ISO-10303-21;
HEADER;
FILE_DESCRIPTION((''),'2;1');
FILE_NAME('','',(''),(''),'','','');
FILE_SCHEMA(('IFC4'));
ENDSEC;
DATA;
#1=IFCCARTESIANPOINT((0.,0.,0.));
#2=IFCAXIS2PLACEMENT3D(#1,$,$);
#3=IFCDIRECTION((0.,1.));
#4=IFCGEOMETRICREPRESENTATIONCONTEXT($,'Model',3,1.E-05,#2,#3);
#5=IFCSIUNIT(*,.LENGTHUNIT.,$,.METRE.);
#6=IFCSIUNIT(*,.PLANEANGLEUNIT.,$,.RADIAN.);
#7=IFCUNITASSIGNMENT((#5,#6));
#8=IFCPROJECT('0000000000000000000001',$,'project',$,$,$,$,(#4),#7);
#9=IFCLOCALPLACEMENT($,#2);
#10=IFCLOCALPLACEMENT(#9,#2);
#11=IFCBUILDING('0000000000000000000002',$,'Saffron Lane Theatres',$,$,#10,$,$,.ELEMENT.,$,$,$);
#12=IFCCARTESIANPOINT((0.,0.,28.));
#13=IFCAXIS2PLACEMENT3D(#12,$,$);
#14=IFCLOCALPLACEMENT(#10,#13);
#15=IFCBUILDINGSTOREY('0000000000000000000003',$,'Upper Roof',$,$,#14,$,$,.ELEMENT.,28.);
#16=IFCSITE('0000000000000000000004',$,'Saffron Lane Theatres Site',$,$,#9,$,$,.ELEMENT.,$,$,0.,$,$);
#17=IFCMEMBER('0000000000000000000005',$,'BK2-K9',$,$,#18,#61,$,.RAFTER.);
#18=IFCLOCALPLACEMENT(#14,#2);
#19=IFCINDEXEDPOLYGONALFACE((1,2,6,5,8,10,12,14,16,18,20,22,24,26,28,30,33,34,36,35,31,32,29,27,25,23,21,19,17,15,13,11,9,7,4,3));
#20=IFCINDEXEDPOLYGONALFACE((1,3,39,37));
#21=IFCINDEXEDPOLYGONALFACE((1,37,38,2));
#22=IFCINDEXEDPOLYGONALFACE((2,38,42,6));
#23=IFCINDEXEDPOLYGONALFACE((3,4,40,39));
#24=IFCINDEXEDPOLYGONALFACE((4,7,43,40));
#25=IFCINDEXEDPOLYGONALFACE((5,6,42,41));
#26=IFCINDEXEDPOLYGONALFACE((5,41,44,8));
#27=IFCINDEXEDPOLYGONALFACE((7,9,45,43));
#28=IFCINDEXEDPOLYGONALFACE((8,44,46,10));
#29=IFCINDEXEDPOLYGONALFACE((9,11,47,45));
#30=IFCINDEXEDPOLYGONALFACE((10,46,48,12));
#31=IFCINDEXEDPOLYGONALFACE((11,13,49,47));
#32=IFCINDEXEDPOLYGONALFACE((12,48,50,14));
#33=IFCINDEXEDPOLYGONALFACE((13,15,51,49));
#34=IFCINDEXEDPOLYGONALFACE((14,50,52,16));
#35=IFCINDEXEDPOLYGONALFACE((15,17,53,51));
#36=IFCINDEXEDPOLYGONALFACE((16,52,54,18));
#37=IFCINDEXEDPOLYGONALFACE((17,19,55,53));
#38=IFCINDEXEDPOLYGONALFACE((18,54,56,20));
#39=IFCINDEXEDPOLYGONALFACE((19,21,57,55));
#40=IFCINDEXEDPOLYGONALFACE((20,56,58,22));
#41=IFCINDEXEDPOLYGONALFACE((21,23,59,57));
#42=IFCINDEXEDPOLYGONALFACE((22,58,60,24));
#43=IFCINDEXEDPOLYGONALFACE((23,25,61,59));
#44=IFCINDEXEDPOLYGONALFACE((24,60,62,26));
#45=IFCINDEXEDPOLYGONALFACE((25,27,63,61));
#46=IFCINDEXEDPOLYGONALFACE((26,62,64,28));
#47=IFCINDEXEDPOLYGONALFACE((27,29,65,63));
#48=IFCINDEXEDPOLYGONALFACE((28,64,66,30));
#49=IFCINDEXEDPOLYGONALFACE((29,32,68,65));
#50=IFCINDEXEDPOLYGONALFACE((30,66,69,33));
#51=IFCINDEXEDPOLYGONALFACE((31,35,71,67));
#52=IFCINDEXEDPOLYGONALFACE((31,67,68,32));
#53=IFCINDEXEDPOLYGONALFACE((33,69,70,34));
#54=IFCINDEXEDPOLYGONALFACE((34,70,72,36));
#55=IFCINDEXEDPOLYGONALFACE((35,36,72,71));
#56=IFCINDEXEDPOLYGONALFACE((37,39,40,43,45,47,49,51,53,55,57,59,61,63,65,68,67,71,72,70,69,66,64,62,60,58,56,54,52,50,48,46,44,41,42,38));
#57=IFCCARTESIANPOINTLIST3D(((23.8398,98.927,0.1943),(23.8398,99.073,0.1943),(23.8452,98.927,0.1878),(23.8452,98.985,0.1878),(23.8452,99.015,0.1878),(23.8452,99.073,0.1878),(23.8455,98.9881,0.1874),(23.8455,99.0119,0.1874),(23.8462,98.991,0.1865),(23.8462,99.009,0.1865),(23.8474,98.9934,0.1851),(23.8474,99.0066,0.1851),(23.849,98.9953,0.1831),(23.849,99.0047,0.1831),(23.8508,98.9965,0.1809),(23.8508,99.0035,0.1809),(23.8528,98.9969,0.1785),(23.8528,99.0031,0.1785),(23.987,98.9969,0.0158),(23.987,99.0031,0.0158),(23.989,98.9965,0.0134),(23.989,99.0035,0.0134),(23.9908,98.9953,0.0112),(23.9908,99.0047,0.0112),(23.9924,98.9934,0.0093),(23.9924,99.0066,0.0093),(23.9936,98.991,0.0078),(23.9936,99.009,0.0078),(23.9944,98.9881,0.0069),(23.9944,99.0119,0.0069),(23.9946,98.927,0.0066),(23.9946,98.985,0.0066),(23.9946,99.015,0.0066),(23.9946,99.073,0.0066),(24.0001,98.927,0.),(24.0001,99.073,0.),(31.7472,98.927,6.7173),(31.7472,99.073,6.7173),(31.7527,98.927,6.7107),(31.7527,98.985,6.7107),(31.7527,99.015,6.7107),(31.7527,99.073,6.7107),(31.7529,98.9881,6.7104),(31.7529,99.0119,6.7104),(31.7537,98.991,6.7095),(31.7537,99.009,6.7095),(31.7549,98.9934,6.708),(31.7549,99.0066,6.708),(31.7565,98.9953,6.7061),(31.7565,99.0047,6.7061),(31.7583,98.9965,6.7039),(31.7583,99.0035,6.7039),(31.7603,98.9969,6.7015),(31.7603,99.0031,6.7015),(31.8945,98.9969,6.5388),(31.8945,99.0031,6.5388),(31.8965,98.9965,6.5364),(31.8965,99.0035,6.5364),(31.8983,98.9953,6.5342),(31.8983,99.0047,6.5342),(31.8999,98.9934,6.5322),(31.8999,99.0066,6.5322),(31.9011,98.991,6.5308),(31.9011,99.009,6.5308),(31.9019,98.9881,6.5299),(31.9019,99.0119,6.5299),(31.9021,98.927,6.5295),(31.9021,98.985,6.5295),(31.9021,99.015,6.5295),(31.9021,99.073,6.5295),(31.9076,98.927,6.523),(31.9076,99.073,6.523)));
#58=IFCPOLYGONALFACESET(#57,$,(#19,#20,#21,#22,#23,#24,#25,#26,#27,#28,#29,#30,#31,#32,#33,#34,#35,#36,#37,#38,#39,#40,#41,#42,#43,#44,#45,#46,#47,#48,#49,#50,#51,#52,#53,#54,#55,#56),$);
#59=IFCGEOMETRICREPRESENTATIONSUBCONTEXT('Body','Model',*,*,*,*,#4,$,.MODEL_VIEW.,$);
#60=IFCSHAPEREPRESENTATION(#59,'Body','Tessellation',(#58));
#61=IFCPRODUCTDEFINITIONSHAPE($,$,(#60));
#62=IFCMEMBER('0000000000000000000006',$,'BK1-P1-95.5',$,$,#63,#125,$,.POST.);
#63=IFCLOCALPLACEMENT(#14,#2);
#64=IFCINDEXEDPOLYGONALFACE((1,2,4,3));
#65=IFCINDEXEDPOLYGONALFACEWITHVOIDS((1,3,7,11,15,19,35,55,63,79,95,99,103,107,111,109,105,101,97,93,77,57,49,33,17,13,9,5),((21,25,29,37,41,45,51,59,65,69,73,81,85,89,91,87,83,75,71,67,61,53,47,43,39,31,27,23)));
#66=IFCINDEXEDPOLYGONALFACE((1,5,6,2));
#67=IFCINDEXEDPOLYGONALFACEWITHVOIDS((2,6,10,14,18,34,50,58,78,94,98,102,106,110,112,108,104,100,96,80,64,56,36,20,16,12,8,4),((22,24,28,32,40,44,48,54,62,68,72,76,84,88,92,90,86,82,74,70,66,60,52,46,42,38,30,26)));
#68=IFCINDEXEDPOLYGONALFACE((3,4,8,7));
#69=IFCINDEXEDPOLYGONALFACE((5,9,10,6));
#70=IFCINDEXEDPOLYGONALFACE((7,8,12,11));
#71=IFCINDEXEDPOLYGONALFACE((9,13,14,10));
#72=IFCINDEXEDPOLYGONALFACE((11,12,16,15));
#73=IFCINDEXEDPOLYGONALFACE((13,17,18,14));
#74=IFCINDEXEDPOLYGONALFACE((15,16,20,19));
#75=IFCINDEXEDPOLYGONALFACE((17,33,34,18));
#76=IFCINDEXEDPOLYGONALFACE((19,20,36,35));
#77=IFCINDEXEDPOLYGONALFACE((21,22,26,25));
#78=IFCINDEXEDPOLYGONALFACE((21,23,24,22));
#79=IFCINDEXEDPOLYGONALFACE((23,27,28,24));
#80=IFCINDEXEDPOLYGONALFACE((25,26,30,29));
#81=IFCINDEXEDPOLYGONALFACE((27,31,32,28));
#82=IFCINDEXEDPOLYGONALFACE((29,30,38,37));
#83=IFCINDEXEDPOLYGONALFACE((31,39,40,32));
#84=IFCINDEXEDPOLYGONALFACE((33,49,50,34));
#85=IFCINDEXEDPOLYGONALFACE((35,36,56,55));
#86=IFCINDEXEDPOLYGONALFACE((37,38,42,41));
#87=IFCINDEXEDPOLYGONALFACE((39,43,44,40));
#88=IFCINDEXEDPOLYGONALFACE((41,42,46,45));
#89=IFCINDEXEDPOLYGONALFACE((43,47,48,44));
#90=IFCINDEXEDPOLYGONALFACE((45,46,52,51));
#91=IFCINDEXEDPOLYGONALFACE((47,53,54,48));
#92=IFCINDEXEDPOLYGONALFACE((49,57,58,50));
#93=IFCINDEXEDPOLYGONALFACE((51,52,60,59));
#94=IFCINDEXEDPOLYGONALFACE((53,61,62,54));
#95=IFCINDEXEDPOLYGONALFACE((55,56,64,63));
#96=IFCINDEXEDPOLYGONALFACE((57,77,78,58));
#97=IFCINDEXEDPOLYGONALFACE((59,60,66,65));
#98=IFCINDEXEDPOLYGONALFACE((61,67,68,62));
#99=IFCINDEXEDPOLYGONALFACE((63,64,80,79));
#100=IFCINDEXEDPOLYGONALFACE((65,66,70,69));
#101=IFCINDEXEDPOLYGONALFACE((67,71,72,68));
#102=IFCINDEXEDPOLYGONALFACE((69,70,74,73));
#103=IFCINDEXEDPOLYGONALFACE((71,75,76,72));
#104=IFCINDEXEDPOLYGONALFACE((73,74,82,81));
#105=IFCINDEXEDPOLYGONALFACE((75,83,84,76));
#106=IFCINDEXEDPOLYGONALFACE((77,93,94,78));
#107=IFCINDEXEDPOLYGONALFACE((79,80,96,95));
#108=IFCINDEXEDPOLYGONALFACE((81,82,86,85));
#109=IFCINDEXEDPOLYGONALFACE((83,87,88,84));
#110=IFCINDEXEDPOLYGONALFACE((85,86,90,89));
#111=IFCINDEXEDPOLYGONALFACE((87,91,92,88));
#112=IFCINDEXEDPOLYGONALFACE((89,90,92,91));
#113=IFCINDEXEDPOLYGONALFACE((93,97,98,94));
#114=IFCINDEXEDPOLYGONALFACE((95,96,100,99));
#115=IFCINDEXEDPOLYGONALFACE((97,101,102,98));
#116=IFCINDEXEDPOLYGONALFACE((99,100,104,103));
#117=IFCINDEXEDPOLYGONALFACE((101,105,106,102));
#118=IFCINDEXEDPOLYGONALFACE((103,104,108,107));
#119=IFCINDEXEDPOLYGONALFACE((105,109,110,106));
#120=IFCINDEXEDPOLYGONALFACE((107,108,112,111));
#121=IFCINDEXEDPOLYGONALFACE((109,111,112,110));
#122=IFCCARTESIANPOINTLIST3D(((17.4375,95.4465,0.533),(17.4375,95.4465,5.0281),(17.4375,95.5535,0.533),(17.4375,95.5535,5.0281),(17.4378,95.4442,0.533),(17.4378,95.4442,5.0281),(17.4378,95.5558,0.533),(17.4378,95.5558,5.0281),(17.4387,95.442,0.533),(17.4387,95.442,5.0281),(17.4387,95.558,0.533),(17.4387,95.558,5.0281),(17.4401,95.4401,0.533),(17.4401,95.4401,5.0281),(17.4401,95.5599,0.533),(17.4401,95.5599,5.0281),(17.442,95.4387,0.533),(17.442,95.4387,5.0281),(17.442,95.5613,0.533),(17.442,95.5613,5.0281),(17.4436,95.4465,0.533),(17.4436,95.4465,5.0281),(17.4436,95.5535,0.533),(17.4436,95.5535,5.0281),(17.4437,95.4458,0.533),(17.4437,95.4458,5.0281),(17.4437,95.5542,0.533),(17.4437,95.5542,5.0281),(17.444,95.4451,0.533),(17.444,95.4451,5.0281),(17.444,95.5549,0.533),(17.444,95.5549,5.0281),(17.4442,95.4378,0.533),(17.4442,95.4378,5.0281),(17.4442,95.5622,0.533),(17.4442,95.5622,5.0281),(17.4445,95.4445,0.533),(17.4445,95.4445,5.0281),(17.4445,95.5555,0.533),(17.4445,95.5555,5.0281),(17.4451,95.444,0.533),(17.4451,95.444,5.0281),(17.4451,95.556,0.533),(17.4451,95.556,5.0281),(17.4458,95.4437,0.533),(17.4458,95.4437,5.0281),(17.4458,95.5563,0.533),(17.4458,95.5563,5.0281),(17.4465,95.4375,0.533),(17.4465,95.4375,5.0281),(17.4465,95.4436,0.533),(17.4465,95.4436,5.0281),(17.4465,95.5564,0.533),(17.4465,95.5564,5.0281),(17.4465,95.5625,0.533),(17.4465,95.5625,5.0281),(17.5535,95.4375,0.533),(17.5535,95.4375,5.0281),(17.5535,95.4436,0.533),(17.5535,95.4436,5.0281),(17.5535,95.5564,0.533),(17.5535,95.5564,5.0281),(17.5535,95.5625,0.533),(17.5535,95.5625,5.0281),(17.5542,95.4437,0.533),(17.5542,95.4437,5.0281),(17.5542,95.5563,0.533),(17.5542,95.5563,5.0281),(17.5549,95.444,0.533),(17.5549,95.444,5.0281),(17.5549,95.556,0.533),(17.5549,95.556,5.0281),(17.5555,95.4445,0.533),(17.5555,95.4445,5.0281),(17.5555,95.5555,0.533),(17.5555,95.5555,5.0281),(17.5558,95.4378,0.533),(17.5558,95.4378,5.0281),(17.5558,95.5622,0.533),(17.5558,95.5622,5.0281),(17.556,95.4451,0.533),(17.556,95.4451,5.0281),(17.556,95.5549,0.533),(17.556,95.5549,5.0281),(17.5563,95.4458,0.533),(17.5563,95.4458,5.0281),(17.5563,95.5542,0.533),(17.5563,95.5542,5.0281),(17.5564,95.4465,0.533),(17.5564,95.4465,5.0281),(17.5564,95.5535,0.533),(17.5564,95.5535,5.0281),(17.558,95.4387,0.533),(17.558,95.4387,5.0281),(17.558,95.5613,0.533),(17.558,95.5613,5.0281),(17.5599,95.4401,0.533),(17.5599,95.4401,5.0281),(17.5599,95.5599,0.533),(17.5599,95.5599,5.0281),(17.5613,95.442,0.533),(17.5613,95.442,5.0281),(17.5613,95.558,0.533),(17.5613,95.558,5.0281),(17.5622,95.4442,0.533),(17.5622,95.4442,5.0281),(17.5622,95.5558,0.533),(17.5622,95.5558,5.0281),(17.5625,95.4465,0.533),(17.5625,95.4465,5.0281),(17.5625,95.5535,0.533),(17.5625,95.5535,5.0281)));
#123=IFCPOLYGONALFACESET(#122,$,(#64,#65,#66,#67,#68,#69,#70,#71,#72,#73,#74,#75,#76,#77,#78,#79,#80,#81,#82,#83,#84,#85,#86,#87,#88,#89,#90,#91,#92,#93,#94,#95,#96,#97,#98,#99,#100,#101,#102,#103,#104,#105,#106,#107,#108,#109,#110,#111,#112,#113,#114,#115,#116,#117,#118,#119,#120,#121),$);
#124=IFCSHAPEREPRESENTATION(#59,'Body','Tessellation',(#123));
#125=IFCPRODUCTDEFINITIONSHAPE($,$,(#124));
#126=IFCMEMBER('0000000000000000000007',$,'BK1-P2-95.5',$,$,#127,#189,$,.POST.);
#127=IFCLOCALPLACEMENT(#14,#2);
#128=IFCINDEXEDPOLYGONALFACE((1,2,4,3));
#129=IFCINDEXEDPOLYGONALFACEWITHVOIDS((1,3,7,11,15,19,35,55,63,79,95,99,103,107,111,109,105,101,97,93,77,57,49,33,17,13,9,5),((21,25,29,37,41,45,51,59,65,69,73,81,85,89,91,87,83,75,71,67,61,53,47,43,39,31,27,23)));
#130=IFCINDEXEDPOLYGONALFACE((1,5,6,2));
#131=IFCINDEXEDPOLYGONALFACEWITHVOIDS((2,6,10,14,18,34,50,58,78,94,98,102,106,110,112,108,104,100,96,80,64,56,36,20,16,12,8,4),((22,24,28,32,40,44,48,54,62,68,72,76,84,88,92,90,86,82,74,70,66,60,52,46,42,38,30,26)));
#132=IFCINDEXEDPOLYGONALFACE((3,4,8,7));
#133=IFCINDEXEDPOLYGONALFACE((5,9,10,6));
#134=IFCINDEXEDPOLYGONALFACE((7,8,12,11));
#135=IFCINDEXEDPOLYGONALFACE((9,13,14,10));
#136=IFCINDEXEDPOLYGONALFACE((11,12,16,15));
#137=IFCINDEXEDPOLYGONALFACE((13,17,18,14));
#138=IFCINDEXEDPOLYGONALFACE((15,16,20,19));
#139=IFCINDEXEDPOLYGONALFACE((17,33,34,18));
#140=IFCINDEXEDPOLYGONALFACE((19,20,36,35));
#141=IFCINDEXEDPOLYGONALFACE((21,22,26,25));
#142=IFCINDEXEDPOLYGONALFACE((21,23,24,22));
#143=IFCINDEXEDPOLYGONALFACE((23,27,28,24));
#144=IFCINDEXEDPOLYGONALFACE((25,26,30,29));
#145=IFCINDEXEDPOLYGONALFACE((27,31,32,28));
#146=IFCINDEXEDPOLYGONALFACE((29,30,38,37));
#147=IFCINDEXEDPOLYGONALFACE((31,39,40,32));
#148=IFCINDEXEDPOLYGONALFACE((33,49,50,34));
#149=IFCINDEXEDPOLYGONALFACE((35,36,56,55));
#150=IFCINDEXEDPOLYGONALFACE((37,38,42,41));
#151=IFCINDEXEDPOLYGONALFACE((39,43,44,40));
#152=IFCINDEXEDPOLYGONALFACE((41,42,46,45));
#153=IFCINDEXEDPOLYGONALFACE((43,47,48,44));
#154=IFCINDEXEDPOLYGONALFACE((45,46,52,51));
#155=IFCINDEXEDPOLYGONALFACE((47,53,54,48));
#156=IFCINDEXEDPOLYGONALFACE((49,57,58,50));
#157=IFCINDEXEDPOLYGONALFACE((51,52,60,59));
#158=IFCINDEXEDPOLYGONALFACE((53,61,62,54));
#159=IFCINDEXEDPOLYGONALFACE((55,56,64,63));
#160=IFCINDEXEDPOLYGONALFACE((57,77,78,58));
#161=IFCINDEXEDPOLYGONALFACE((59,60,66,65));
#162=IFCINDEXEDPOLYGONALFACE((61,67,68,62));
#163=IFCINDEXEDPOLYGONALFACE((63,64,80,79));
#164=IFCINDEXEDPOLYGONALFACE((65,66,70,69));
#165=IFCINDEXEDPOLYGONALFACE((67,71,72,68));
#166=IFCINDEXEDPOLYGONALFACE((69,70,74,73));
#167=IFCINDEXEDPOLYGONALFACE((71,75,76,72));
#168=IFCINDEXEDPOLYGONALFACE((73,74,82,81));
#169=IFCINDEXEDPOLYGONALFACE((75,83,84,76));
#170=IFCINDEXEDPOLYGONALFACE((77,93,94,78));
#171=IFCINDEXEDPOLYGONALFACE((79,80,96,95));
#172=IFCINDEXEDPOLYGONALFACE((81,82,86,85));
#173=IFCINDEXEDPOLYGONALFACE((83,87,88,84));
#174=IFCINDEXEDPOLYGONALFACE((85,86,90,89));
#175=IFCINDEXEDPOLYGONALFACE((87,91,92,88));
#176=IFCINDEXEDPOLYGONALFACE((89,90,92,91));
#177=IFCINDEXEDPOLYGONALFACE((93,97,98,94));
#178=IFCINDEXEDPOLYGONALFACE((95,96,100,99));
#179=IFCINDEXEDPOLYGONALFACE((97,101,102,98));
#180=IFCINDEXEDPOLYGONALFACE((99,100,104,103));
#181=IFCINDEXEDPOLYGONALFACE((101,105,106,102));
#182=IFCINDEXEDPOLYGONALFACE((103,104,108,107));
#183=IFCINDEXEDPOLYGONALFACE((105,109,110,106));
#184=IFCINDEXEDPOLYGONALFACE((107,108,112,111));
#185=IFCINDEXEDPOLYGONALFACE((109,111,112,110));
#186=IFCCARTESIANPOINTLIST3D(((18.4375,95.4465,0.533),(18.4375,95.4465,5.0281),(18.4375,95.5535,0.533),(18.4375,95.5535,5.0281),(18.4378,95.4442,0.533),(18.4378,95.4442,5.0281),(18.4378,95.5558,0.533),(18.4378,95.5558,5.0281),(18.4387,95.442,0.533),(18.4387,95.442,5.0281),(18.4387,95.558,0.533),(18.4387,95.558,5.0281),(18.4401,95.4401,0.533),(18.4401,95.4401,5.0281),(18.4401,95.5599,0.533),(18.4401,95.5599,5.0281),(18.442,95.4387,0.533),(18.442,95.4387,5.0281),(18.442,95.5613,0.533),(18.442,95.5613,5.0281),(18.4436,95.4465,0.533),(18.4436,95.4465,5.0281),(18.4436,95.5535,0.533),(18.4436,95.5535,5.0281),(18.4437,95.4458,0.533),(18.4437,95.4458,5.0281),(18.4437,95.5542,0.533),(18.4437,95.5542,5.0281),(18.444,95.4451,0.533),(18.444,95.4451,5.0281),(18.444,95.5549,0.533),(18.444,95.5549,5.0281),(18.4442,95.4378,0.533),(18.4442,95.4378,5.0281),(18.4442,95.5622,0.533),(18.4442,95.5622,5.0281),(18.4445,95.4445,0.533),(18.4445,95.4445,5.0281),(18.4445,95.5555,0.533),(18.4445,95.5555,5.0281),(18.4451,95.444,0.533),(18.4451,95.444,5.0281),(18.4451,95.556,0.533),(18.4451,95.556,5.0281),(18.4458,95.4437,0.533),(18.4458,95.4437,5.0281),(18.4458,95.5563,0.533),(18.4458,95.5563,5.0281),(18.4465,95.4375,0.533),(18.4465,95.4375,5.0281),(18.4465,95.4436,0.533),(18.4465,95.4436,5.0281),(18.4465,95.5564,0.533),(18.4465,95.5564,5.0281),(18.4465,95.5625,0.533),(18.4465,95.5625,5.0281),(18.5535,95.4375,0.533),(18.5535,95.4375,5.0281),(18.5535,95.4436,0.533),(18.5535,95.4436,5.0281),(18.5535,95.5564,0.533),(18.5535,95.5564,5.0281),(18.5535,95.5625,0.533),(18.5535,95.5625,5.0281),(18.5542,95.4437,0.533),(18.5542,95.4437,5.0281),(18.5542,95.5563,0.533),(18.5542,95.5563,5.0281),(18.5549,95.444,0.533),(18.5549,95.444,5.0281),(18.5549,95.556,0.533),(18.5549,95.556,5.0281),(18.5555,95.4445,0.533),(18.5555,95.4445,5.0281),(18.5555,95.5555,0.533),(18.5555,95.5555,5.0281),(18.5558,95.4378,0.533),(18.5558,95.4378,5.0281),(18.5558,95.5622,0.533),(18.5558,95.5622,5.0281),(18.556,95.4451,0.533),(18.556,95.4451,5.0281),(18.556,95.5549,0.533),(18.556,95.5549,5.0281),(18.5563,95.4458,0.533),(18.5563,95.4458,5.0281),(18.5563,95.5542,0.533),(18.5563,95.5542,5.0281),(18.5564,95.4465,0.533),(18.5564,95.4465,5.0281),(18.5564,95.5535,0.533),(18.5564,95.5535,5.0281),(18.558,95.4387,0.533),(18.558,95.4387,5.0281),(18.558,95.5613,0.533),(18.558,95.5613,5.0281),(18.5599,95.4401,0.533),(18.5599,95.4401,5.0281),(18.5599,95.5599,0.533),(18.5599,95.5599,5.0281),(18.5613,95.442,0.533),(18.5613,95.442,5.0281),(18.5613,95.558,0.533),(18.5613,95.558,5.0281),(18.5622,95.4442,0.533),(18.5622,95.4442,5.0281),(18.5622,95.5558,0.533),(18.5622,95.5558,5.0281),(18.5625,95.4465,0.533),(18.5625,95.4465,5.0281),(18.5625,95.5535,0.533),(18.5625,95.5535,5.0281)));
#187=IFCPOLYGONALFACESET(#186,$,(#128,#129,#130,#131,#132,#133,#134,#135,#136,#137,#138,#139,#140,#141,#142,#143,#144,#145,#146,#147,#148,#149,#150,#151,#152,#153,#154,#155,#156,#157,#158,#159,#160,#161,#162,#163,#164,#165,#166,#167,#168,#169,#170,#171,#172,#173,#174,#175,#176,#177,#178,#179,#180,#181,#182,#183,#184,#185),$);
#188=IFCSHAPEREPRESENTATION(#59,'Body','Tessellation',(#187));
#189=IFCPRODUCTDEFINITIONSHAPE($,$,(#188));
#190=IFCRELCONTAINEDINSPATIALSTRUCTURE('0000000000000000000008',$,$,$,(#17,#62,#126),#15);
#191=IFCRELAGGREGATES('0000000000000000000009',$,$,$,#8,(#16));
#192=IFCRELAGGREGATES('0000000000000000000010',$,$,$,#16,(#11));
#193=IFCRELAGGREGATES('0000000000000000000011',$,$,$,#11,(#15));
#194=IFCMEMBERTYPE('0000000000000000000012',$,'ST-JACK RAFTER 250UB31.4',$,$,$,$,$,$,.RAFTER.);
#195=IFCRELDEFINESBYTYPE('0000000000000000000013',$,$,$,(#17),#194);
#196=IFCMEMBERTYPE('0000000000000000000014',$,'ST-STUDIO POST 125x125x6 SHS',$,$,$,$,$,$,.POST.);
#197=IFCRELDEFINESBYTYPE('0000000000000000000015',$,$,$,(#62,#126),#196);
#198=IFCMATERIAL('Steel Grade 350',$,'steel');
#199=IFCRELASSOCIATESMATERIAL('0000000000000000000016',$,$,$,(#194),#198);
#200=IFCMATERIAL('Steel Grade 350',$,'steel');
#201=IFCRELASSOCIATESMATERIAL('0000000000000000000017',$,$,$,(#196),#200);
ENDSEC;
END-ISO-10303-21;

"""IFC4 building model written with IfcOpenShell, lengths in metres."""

from ifc_helpers import new_model, si_unit, direction, frame, origin, origin_2d, place, context, subcontext, project, spatial, hollow_rectangle, i_section, extrude, material, material_profile, profile_set, type_object, element, save


model = new_model("IFC4")

# Units and contexts
model_context = context("Model", 3, precision=1e-05, world=origin(), true_north=direction((0.0, 1.0)))
body_context = subcontext(model_context, "Body", "Model", "MODEL_VIEW")
ifc_project = project(units=[si_unit("LENGTHUNIT", "METRE"), si_unit("PLANEANGLEUNIT", "RADIAN")], contexts=[model_context])

# Site, building, storey
site_placement = place(None, origin())
site = spatial("IfcSite", under=ifc_project, at=site_placement, Name="Saffron Lane Theatres Site", CompositionType="ELEMENT", RefElevation=0.0)
building_placement = place(site_placement, origin())
building = spatial("IfcBuilding", under=site, at=building_placement, Name="Saffron Lane Theatres", CompositionType="ELEMENT")
storey_placement = place(building_placement, frame((0.0, 0.0, 28.0)))
storey = spatial("IfcBuildingStorey", under=building, at=storey_placement, Name="Upper Roof", CompositionType="ELEMENT", Elevation=28.0)

# Members
ifc_material_1 = material(Name="Steel Grade 350", Category="steel")
ifc_material_profile_1 = material_profile(ifc_material_1, i_section(OverallWidth=0.146, OverallDepth=0.252, WebThickness=0.0061, FlangeThickness=0.0085, FilletRadius=0.012, at=origin_2d()))
ifc_profile_set_1 = profile_set([ifc_material_profile_1], Name="Steel Grade 350")
member_type_1 = type_object("IfcMemberType", Name="ST-JACK RAFTER 250UB31.4", PredefinedType="RAFTER", material=ifc_profile_set_1)
member_1_placement = place(storey_placement, frame((23.9199, 99.0, 0.0972), z_axis=(0.771407, 0.0, 0.636342), x_axis=(0.0, 1.0, 0.0)))
element("IfcMember", 1, at=member_1_placement, inside=storey, type_object=member_type_1, Name="BK2-K9", PredefinedType="RAFTER", context=body_context, shape_type="SweptSolid", body=[
    extrude(i_section(OverallWidth=0.146, OverallDepth=0.252, WebThickness=0.0061, FlangeThickness=0.0085, FilletRadius=0.012, at=origin_2d()), origin(), (0.0, 0.0, 1.0), 10.2507),
])
ifc_material_2 = material(Name="Steel Grade 350", Category="steel")
ifc_material_profile_2 = material_profile(ifc_material_2, hollow_rectangle(XDim=0.125, YDim=0.125, WallThickness=0.0061, InnerFilletRadius=0.0029, OuterFilletRadius=0.009, at=origin_2d()))
ifc_profile_set_2 = profile_set([ifc_material_profile_2], Name="Steel Grade 350")
member_type_2 = type_object("IfcMemberType", Name="ST-STUDIO POST 125x125x6 SHS", PredefinedType="POST", material=ifc_profile_set_2)
for number, where, z_axis, x_axis, name in (
    (2, (17.5, 95.5, 0.533), (0.0, 0.0, 1.0), (1.0, 0.0, 0.0), "BK1-P1-95.5"),
    (3, (18.5, 95.5, 0.533), (0.0, 0.0, 1.0), (1.0, 0.0, 0.0), "BK1-P2-95.5"),
):
    element("IfcMember", number, at=place(storey_placement, frame(where, z_axis=z_axis, x_axis=x_axis)), inside=storey, type_object=member_type_2, Name=name, PredefinedType="POST", context=body_context, shape_type="SweptSolid", body=[
        extrude(hollow_rectangle(XDim=0.125, YDim=0.125, WallThickness=0.0061, InnerFilletRadius=0.0029, OuterFilletRadius=0.009, at=origin_2d()), origin(), (0.0, 0.0, 1.0), 4.4951),
    ])

save(model, "model.ifc")
